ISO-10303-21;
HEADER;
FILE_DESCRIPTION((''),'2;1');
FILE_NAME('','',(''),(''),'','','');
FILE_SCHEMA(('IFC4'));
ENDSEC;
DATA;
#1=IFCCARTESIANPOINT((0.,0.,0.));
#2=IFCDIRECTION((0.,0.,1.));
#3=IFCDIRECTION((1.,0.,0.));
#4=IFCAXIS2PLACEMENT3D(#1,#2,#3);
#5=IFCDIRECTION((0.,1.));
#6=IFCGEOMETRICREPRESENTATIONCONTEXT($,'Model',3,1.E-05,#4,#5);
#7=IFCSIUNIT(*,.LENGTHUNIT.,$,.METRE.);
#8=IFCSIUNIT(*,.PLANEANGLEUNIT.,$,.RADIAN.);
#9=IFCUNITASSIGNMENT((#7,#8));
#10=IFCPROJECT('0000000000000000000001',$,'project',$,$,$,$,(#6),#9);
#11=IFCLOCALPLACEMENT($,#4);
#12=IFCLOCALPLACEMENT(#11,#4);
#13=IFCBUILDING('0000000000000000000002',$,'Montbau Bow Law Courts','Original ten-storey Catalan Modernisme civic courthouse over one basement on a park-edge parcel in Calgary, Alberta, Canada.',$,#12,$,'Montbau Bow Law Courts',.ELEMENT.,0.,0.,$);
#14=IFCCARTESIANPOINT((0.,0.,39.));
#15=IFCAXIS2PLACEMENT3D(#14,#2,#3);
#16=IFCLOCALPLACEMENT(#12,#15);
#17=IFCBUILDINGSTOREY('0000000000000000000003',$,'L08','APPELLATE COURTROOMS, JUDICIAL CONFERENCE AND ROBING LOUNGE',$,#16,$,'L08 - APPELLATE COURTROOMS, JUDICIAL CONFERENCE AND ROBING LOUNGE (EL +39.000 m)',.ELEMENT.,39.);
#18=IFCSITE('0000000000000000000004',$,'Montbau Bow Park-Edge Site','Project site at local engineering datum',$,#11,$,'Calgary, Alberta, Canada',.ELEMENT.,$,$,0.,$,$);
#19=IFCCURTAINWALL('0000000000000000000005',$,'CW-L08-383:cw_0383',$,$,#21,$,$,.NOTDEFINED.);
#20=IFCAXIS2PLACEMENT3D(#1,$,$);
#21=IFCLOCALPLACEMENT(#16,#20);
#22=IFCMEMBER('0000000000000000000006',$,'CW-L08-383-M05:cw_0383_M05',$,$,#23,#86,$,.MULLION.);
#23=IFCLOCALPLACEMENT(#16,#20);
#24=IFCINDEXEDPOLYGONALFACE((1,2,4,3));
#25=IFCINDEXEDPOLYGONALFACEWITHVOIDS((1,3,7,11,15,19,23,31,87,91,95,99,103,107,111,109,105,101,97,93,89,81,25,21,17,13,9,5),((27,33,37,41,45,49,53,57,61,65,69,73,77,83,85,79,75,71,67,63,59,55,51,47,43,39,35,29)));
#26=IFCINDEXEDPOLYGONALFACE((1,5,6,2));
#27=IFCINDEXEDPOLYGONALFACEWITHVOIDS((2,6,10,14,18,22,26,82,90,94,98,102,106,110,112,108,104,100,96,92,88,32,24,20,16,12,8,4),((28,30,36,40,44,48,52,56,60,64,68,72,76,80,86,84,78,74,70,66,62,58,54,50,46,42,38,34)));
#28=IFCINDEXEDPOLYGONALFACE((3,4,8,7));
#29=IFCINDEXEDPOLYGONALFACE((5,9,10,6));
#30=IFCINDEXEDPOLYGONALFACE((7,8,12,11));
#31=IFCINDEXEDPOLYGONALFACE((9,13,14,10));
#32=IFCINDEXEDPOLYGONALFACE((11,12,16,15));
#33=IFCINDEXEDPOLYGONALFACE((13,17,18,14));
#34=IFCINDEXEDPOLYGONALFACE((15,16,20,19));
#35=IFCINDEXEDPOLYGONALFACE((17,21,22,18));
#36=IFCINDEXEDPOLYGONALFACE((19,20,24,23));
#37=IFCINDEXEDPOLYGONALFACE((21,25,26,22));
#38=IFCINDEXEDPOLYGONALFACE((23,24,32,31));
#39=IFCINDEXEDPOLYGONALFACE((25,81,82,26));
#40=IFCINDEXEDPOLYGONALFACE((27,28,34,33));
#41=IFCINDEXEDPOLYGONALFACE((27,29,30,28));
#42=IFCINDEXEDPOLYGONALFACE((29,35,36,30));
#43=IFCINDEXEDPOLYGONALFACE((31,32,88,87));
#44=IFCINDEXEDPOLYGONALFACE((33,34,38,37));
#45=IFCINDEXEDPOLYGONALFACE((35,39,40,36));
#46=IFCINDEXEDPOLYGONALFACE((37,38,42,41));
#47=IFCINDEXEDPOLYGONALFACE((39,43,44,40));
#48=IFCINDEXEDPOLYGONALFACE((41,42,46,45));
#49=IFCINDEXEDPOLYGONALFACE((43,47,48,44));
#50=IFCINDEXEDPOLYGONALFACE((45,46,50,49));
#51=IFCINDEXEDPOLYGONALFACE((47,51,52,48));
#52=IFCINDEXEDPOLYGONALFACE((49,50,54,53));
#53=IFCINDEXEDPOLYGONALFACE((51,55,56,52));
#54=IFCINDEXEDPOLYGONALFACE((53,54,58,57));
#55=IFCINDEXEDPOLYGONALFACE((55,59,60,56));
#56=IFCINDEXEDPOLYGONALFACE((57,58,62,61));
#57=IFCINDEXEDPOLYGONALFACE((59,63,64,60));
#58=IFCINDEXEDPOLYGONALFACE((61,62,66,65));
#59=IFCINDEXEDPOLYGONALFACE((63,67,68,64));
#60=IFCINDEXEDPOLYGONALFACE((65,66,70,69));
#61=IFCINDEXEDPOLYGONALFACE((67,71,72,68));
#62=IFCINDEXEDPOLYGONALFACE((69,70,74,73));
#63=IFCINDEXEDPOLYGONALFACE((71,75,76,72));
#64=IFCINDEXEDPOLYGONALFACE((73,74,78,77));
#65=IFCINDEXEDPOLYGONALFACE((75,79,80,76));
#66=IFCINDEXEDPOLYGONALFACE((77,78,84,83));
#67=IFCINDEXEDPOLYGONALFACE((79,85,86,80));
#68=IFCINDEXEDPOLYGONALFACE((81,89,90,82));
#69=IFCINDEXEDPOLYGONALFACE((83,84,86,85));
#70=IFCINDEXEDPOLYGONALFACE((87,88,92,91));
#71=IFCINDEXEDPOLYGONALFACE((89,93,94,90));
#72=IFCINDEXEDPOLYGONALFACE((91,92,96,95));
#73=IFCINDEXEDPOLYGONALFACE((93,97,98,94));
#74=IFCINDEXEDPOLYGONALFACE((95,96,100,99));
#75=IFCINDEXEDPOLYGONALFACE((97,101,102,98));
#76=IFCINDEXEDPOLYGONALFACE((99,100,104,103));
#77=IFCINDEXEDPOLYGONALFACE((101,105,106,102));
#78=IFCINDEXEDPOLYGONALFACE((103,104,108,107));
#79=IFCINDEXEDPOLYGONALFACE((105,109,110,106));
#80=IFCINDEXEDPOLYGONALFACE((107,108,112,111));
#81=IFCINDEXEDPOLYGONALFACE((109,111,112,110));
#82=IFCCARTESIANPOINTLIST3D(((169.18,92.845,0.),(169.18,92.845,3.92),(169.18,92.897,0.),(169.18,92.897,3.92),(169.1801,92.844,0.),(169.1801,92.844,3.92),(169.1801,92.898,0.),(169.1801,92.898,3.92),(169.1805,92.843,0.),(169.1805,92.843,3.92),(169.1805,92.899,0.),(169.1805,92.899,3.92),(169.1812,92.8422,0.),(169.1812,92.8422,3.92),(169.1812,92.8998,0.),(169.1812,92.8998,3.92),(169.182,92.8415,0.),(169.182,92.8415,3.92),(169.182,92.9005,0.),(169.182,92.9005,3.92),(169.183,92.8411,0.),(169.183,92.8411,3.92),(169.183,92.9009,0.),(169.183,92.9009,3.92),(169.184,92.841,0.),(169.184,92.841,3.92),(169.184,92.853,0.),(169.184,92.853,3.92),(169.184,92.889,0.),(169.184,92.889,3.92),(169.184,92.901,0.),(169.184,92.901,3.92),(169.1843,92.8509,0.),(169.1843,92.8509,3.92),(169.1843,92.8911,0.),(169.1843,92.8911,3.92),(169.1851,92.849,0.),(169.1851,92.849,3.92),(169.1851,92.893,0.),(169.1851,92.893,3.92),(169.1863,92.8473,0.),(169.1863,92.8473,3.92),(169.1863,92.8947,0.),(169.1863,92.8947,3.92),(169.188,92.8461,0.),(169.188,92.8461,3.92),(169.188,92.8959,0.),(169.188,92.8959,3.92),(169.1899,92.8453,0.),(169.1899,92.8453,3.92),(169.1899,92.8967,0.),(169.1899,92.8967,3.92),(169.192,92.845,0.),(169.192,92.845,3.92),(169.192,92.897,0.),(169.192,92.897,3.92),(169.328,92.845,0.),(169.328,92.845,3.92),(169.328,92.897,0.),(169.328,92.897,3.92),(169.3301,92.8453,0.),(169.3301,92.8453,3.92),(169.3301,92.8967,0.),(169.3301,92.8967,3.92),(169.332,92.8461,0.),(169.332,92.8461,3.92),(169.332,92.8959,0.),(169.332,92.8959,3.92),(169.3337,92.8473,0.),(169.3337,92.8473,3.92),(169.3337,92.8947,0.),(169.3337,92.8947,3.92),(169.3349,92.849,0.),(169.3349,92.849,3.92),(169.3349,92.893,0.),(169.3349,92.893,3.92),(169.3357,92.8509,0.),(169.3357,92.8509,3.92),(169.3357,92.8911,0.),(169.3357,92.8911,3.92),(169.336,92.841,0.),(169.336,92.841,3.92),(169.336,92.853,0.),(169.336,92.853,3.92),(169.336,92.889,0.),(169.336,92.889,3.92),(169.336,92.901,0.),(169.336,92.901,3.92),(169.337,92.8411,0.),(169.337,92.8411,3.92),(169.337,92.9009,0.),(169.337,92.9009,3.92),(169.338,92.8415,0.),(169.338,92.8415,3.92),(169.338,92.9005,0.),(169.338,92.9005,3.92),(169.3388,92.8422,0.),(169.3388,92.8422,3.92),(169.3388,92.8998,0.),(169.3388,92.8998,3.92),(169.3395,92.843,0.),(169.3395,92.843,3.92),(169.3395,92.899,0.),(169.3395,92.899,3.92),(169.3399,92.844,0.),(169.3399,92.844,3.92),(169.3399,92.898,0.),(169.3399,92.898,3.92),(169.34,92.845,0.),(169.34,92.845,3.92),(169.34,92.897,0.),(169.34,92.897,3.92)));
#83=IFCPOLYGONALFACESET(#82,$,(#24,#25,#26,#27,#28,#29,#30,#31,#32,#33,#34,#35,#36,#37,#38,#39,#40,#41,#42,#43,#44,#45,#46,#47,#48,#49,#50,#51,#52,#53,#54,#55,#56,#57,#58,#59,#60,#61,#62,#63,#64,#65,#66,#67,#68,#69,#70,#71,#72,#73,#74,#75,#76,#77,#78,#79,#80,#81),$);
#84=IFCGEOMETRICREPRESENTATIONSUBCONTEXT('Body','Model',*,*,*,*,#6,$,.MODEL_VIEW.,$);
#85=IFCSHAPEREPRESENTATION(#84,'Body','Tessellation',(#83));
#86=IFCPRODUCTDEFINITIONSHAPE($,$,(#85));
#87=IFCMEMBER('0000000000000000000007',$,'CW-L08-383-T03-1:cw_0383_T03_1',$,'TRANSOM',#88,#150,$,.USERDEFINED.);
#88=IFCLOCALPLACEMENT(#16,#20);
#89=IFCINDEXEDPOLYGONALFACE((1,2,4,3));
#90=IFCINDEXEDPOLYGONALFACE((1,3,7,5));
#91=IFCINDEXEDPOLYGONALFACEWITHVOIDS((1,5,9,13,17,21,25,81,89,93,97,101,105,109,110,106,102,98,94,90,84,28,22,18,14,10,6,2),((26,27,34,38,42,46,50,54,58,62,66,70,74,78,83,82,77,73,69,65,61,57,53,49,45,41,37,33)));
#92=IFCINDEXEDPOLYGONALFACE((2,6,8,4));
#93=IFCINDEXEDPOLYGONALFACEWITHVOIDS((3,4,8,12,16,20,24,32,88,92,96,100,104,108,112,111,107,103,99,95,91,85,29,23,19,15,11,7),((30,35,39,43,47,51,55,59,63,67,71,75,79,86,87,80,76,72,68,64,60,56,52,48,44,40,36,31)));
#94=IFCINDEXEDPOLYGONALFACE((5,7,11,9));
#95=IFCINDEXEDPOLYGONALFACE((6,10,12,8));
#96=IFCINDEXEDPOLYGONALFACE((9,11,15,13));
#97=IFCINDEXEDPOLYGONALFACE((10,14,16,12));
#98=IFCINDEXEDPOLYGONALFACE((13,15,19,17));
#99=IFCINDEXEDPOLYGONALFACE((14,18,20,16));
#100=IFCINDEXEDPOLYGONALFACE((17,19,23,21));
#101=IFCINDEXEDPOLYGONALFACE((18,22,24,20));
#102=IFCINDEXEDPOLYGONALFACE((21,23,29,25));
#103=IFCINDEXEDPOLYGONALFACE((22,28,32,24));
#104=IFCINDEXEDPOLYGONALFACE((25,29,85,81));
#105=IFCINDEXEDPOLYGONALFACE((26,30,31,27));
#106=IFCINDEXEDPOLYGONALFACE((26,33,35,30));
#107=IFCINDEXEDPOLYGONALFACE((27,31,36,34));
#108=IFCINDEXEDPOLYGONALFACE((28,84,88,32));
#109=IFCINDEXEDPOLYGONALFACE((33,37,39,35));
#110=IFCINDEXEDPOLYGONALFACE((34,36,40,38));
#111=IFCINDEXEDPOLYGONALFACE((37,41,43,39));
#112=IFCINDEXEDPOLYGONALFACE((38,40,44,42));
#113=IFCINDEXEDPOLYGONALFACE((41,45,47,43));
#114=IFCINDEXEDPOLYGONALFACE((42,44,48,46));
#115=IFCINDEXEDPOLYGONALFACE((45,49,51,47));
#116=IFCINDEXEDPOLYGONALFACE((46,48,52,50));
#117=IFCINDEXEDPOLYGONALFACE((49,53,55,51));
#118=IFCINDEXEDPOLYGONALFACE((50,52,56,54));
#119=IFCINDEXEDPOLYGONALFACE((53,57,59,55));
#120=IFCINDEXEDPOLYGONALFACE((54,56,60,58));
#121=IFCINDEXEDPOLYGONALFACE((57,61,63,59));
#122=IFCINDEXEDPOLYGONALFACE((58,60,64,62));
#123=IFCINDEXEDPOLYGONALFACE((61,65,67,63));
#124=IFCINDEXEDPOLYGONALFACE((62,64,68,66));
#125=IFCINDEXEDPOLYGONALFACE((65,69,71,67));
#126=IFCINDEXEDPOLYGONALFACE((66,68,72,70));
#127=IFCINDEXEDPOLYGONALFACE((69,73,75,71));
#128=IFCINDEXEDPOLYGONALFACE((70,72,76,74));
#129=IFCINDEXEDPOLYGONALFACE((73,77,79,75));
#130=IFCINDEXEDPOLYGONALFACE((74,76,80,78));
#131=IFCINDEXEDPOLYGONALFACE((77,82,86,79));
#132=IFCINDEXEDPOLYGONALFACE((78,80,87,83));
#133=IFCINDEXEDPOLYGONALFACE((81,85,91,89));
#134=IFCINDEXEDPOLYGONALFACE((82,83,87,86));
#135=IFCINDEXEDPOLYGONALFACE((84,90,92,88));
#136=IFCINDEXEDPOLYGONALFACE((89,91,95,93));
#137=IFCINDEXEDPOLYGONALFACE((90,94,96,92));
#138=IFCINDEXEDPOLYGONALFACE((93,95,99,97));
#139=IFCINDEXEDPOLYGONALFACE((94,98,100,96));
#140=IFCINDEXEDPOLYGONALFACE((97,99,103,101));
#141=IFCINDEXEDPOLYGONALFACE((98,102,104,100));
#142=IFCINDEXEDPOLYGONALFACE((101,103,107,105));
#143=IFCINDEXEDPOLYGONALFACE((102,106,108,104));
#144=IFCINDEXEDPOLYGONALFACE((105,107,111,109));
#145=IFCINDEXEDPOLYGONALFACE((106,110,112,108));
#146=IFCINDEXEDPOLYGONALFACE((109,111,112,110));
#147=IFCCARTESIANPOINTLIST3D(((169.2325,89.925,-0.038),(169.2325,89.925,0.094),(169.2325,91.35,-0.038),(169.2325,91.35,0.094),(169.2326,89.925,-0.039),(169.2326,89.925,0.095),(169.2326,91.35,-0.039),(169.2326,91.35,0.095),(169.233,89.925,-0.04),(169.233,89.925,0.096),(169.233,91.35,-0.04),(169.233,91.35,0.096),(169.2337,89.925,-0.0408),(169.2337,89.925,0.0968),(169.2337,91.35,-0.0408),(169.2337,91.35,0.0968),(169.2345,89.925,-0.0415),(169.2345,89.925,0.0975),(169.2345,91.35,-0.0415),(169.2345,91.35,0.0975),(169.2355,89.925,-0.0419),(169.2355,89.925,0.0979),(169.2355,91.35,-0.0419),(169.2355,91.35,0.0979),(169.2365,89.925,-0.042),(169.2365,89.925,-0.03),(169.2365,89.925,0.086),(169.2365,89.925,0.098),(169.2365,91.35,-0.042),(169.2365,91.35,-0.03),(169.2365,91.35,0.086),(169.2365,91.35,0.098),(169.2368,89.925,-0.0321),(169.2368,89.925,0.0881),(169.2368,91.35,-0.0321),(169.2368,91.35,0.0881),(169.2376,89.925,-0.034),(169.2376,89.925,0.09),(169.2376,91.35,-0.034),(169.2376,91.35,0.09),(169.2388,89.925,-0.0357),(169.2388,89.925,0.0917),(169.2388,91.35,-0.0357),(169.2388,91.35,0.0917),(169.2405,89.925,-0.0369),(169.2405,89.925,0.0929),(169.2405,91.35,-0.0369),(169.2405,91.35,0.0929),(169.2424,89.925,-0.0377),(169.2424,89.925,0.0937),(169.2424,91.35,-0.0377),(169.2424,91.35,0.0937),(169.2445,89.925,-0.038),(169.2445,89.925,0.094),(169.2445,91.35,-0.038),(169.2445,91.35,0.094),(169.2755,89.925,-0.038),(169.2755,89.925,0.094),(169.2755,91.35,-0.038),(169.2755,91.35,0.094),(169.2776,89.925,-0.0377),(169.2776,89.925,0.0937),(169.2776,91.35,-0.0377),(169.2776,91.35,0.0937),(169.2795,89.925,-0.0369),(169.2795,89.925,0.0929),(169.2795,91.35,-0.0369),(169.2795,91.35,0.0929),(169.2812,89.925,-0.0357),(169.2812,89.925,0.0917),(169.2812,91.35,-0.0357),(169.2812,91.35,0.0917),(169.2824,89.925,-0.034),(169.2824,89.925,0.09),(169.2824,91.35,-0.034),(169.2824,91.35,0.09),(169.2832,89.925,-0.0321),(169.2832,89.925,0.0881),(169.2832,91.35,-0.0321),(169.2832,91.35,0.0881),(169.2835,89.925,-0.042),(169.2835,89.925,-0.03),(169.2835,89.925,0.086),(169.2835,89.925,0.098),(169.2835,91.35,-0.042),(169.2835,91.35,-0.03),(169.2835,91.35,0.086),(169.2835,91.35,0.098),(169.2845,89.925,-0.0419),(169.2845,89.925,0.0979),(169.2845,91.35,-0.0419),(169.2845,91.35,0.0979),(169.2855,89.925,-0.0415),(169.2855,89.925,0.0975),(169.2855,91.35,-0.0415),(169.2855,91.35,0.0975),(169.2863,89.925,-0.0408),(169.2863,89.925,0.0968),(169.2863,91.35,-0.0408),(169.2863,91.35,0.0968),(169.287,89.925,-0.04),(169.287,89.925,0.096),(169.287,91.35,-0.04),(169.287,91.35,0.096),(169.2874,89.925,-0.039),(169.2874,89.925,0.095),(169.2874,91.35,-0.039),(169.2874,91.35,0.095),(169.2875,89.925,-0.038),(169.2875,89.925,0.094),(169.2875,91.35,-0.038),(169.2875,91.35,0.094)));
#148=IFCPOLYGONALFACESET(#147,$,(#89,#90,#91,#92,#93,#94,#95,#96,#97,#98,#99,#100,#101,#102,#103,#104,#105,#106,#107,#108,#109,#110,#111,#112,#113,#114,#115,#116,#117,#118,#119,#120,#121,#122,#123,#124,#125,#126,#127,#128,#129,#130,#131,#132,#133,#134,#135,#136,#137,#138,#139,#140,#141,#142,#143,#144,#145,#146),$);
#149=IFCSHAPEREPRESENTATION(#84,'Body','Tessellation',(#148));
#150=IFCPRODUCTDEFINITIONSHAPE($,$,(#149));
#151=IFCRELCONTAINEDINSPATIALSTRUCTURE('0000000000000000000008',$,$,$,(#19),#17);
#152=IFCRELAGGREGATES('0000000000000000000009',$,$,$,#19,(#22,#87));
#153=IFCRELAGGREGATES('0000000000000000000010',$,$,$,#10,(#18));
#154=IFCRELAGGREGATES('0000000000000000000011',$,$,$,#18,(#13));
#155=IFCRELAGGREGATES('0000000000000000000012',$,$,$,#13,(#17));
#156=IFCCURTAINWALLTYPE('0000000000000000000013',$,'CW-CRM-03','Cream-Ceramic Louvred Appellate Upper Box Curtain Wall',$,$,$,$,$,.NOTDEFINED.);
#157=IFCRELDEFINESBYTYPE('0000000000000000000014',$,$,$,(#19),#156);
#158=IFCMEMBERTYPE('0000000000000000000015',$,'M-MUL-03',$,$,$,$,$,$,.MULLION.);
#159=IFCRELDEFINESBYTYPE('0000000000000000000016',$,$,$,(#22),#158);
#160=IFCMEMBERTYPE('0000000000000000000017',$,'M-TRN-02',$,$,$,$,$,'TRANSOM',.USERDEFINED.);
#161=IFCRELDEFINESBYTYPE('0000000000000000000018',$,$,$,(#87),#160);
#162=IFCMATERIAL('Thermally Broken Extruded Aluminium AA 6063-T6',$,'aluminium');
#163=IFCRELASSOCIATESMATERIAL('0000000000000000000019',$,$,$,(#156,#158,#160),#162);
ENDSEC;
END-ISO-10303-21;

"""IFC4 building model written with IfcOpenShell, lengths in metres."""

from ifc_helpers import new_model, si_unit, direction, frame, origin_with_axes, origin_2d_with_axis, place, context, subcontext, project, spatial, hollow_rectangle, extrude, material, material_profile, profile_set, type_object, element, aggregate, save


model = new_model("IFC4")

# Units and contexts
model_context = context("Model", 3, precision=1e-05, world=origin_with_axes(), true_north=direction((0.0, 1.0)))
body_context = subcontext(model_context, "Body", "Model", "MODEL_VIEW")
ifc_project = project(units=[si_unit("LENGTHUNIT", "METRE"), si_unit("PLANEANGLEUNIT", "RADIAN")], contexts=[model_context])

# Site, building, storey
site_placement = place(None, origin_with_axes())
site = spatial("IfcSite", under=ifc_project, at=site_placement, Name="Montbau Bow Park-Edge Site", Description="Project site at local engineering datum", LongName="Calgary, Alberta, Canada", CompositionType="ELEMENT", RefElevation=0.0)
building_placement = place(site_placement, origin_with_axes())
building = spatial("IfcBuilding", under=site, at=building_placement, Name="Montbau Bow Law Courts", Description="Original ten-storey Catalan Modernisme civic courthouse over one basement on a park-edge parcel in Calgary, Alberta, Canada.", LongName="Montbau Bow Law Courts", CompositionType="ELEMENT", ElevationOfRefHeight=0.0, ElevationOfTerrain=0.0)
storey_placement = place(building_placement, frame((0.0, 0.0, 39.0), z_axis=(0.0, 0.0, 1.0), x_axis=(1.0, 0.0, 0.0)))
storey = spatial("IfcBuildingStorey", under=building, at=storey_placement, Name="L08", Description="APPELLATE COURTROOMS, JUDICIAL CONFERENCE AND ROBING LOUNGE", LongName="L08 - APPELLATE COURTROOMS, JUDICIAL CONFERENCE AND ROBING LOUNGE (EL +39.000 m)", CompositionType="ELEMENT", Elevation=39.0)

# Curtain wall, members
ifc_material_1 = material(Name="Thermally Broken Extruded Aluminium AA 6063-T6", Category="aluminium")
curtain_wall_type = type_object("IfcCurtainWallType", Name="CW-CRM-03", Description="Cream-Ceramic Louvred Appellate Upper Box Curtain Wall", PredefinedType="NOTDEFINED", material=ifc_material_1)
curtain_wall_placement = place(None, frame((169.26, 86.915, 39.0), z_axis=(0.0, 0.0, 1.0), x_axis=(1.0, 0.0, 0.0)))
curtain_wall = element("IfcCurtainWall", 1, at=curtain_wall_placement, inside=storey, type_object=curtain_wall_type, Name="CW-L08-383:cw_0383", PredefinedType="NOTDEFINED")
ifc_material_profile_1 = material_profile(ifc_material_1, hollow_rectangle(XDim=0.06, YDim=0.16, WallThickness=0.004, InnerFilletRadius=0.008, OuterFilletRadius=0.004, at=origin_2d_with_axis()), Name="CWM-160X60", Category="Main", Priority=0)
ifc_profile_set_1 = profile_set([ifc_material_profile_1], Name="Thermally Broken Extruded Aluminium AA 6063-T6")
member_type_1 = type_object("IfcMemberType", Name="M-MUL-03", PredefinedType="MULLION", material=ifc_profile_set_1)
member_1_placement = place(None, frame((169.26, 92.871, 39.0), z_axis=(0.0, 0.0, 1.0), x_axis=(0.0, 1.0, 0.0)))
member_1 = element("IfcMember", 2, at=member_1_placement, type_object=member_type_1, Name="CW-L08-383-M05:cw_0383_M05", PredefinedType="MULLION", context=body_context, shape_type="SweptSolid", body=[
    extrude(hollow_rectangle(XDim=0.06, YDim=0.16, WallThickness=0.004, InnerFilletRadius=0.008, OuterFilletRadius=0.004, at=origin_2d_with_axis()), origin_with_axes(), (0.0, 0.0, 1.0), 3.92),
])
ifc_material_profile_2 = material_profile(ifc_material_1, hollow_rectangle(XDim=0.055, YDim=0.14, WallThickness=0.004, InnerFilletRadius=0.008, OuterFilletRadius=0.004, at=origin_2d_with_axis()), Name="CWT-140X55", Category="Main", Priority=0)
ifc_profile_set_2 = profile_set([ifc_material_profile_2], Name="Thermally Broken Extruded Aluminium AA 6063-T6")
member_type_2 = type_object("IfcMemberType", Name="M-TRN-02", ElementType="TRANSOM", PredefinedType="USERDEFINED", material=ifc_profile_set_2)
member_2_placement = place(None, frame((169.26, 89.925, 39.028), z_axis=(0.0, 1.0, 0.0), x_axis=(-1.0, 0.0, 0.0)))
member_2 = element("IfcMember", 3, at=member_2_placement, type_object=member_type_2, Name="CW-L08-383-T03-1:cw_0383_T03_1", ObjectType="TRANSOM", PredefinedType="USERDEFINED", context=body_context, shape_type="SweptSolid", body=[
    extrude(hollow_rectangle(XDim=0.055, YDim=0.14, WallThickness=0.004, InnerFilletRadius=0.008, OuterFilletRadius=0.004, at=origin_2d_with_axis()), origin_with_axes(), (0.0, 0.0, 1.0), 1.425),
])
aggregate(curtain_wall, [member_1, member_2])

save(model, "model.ifc")
